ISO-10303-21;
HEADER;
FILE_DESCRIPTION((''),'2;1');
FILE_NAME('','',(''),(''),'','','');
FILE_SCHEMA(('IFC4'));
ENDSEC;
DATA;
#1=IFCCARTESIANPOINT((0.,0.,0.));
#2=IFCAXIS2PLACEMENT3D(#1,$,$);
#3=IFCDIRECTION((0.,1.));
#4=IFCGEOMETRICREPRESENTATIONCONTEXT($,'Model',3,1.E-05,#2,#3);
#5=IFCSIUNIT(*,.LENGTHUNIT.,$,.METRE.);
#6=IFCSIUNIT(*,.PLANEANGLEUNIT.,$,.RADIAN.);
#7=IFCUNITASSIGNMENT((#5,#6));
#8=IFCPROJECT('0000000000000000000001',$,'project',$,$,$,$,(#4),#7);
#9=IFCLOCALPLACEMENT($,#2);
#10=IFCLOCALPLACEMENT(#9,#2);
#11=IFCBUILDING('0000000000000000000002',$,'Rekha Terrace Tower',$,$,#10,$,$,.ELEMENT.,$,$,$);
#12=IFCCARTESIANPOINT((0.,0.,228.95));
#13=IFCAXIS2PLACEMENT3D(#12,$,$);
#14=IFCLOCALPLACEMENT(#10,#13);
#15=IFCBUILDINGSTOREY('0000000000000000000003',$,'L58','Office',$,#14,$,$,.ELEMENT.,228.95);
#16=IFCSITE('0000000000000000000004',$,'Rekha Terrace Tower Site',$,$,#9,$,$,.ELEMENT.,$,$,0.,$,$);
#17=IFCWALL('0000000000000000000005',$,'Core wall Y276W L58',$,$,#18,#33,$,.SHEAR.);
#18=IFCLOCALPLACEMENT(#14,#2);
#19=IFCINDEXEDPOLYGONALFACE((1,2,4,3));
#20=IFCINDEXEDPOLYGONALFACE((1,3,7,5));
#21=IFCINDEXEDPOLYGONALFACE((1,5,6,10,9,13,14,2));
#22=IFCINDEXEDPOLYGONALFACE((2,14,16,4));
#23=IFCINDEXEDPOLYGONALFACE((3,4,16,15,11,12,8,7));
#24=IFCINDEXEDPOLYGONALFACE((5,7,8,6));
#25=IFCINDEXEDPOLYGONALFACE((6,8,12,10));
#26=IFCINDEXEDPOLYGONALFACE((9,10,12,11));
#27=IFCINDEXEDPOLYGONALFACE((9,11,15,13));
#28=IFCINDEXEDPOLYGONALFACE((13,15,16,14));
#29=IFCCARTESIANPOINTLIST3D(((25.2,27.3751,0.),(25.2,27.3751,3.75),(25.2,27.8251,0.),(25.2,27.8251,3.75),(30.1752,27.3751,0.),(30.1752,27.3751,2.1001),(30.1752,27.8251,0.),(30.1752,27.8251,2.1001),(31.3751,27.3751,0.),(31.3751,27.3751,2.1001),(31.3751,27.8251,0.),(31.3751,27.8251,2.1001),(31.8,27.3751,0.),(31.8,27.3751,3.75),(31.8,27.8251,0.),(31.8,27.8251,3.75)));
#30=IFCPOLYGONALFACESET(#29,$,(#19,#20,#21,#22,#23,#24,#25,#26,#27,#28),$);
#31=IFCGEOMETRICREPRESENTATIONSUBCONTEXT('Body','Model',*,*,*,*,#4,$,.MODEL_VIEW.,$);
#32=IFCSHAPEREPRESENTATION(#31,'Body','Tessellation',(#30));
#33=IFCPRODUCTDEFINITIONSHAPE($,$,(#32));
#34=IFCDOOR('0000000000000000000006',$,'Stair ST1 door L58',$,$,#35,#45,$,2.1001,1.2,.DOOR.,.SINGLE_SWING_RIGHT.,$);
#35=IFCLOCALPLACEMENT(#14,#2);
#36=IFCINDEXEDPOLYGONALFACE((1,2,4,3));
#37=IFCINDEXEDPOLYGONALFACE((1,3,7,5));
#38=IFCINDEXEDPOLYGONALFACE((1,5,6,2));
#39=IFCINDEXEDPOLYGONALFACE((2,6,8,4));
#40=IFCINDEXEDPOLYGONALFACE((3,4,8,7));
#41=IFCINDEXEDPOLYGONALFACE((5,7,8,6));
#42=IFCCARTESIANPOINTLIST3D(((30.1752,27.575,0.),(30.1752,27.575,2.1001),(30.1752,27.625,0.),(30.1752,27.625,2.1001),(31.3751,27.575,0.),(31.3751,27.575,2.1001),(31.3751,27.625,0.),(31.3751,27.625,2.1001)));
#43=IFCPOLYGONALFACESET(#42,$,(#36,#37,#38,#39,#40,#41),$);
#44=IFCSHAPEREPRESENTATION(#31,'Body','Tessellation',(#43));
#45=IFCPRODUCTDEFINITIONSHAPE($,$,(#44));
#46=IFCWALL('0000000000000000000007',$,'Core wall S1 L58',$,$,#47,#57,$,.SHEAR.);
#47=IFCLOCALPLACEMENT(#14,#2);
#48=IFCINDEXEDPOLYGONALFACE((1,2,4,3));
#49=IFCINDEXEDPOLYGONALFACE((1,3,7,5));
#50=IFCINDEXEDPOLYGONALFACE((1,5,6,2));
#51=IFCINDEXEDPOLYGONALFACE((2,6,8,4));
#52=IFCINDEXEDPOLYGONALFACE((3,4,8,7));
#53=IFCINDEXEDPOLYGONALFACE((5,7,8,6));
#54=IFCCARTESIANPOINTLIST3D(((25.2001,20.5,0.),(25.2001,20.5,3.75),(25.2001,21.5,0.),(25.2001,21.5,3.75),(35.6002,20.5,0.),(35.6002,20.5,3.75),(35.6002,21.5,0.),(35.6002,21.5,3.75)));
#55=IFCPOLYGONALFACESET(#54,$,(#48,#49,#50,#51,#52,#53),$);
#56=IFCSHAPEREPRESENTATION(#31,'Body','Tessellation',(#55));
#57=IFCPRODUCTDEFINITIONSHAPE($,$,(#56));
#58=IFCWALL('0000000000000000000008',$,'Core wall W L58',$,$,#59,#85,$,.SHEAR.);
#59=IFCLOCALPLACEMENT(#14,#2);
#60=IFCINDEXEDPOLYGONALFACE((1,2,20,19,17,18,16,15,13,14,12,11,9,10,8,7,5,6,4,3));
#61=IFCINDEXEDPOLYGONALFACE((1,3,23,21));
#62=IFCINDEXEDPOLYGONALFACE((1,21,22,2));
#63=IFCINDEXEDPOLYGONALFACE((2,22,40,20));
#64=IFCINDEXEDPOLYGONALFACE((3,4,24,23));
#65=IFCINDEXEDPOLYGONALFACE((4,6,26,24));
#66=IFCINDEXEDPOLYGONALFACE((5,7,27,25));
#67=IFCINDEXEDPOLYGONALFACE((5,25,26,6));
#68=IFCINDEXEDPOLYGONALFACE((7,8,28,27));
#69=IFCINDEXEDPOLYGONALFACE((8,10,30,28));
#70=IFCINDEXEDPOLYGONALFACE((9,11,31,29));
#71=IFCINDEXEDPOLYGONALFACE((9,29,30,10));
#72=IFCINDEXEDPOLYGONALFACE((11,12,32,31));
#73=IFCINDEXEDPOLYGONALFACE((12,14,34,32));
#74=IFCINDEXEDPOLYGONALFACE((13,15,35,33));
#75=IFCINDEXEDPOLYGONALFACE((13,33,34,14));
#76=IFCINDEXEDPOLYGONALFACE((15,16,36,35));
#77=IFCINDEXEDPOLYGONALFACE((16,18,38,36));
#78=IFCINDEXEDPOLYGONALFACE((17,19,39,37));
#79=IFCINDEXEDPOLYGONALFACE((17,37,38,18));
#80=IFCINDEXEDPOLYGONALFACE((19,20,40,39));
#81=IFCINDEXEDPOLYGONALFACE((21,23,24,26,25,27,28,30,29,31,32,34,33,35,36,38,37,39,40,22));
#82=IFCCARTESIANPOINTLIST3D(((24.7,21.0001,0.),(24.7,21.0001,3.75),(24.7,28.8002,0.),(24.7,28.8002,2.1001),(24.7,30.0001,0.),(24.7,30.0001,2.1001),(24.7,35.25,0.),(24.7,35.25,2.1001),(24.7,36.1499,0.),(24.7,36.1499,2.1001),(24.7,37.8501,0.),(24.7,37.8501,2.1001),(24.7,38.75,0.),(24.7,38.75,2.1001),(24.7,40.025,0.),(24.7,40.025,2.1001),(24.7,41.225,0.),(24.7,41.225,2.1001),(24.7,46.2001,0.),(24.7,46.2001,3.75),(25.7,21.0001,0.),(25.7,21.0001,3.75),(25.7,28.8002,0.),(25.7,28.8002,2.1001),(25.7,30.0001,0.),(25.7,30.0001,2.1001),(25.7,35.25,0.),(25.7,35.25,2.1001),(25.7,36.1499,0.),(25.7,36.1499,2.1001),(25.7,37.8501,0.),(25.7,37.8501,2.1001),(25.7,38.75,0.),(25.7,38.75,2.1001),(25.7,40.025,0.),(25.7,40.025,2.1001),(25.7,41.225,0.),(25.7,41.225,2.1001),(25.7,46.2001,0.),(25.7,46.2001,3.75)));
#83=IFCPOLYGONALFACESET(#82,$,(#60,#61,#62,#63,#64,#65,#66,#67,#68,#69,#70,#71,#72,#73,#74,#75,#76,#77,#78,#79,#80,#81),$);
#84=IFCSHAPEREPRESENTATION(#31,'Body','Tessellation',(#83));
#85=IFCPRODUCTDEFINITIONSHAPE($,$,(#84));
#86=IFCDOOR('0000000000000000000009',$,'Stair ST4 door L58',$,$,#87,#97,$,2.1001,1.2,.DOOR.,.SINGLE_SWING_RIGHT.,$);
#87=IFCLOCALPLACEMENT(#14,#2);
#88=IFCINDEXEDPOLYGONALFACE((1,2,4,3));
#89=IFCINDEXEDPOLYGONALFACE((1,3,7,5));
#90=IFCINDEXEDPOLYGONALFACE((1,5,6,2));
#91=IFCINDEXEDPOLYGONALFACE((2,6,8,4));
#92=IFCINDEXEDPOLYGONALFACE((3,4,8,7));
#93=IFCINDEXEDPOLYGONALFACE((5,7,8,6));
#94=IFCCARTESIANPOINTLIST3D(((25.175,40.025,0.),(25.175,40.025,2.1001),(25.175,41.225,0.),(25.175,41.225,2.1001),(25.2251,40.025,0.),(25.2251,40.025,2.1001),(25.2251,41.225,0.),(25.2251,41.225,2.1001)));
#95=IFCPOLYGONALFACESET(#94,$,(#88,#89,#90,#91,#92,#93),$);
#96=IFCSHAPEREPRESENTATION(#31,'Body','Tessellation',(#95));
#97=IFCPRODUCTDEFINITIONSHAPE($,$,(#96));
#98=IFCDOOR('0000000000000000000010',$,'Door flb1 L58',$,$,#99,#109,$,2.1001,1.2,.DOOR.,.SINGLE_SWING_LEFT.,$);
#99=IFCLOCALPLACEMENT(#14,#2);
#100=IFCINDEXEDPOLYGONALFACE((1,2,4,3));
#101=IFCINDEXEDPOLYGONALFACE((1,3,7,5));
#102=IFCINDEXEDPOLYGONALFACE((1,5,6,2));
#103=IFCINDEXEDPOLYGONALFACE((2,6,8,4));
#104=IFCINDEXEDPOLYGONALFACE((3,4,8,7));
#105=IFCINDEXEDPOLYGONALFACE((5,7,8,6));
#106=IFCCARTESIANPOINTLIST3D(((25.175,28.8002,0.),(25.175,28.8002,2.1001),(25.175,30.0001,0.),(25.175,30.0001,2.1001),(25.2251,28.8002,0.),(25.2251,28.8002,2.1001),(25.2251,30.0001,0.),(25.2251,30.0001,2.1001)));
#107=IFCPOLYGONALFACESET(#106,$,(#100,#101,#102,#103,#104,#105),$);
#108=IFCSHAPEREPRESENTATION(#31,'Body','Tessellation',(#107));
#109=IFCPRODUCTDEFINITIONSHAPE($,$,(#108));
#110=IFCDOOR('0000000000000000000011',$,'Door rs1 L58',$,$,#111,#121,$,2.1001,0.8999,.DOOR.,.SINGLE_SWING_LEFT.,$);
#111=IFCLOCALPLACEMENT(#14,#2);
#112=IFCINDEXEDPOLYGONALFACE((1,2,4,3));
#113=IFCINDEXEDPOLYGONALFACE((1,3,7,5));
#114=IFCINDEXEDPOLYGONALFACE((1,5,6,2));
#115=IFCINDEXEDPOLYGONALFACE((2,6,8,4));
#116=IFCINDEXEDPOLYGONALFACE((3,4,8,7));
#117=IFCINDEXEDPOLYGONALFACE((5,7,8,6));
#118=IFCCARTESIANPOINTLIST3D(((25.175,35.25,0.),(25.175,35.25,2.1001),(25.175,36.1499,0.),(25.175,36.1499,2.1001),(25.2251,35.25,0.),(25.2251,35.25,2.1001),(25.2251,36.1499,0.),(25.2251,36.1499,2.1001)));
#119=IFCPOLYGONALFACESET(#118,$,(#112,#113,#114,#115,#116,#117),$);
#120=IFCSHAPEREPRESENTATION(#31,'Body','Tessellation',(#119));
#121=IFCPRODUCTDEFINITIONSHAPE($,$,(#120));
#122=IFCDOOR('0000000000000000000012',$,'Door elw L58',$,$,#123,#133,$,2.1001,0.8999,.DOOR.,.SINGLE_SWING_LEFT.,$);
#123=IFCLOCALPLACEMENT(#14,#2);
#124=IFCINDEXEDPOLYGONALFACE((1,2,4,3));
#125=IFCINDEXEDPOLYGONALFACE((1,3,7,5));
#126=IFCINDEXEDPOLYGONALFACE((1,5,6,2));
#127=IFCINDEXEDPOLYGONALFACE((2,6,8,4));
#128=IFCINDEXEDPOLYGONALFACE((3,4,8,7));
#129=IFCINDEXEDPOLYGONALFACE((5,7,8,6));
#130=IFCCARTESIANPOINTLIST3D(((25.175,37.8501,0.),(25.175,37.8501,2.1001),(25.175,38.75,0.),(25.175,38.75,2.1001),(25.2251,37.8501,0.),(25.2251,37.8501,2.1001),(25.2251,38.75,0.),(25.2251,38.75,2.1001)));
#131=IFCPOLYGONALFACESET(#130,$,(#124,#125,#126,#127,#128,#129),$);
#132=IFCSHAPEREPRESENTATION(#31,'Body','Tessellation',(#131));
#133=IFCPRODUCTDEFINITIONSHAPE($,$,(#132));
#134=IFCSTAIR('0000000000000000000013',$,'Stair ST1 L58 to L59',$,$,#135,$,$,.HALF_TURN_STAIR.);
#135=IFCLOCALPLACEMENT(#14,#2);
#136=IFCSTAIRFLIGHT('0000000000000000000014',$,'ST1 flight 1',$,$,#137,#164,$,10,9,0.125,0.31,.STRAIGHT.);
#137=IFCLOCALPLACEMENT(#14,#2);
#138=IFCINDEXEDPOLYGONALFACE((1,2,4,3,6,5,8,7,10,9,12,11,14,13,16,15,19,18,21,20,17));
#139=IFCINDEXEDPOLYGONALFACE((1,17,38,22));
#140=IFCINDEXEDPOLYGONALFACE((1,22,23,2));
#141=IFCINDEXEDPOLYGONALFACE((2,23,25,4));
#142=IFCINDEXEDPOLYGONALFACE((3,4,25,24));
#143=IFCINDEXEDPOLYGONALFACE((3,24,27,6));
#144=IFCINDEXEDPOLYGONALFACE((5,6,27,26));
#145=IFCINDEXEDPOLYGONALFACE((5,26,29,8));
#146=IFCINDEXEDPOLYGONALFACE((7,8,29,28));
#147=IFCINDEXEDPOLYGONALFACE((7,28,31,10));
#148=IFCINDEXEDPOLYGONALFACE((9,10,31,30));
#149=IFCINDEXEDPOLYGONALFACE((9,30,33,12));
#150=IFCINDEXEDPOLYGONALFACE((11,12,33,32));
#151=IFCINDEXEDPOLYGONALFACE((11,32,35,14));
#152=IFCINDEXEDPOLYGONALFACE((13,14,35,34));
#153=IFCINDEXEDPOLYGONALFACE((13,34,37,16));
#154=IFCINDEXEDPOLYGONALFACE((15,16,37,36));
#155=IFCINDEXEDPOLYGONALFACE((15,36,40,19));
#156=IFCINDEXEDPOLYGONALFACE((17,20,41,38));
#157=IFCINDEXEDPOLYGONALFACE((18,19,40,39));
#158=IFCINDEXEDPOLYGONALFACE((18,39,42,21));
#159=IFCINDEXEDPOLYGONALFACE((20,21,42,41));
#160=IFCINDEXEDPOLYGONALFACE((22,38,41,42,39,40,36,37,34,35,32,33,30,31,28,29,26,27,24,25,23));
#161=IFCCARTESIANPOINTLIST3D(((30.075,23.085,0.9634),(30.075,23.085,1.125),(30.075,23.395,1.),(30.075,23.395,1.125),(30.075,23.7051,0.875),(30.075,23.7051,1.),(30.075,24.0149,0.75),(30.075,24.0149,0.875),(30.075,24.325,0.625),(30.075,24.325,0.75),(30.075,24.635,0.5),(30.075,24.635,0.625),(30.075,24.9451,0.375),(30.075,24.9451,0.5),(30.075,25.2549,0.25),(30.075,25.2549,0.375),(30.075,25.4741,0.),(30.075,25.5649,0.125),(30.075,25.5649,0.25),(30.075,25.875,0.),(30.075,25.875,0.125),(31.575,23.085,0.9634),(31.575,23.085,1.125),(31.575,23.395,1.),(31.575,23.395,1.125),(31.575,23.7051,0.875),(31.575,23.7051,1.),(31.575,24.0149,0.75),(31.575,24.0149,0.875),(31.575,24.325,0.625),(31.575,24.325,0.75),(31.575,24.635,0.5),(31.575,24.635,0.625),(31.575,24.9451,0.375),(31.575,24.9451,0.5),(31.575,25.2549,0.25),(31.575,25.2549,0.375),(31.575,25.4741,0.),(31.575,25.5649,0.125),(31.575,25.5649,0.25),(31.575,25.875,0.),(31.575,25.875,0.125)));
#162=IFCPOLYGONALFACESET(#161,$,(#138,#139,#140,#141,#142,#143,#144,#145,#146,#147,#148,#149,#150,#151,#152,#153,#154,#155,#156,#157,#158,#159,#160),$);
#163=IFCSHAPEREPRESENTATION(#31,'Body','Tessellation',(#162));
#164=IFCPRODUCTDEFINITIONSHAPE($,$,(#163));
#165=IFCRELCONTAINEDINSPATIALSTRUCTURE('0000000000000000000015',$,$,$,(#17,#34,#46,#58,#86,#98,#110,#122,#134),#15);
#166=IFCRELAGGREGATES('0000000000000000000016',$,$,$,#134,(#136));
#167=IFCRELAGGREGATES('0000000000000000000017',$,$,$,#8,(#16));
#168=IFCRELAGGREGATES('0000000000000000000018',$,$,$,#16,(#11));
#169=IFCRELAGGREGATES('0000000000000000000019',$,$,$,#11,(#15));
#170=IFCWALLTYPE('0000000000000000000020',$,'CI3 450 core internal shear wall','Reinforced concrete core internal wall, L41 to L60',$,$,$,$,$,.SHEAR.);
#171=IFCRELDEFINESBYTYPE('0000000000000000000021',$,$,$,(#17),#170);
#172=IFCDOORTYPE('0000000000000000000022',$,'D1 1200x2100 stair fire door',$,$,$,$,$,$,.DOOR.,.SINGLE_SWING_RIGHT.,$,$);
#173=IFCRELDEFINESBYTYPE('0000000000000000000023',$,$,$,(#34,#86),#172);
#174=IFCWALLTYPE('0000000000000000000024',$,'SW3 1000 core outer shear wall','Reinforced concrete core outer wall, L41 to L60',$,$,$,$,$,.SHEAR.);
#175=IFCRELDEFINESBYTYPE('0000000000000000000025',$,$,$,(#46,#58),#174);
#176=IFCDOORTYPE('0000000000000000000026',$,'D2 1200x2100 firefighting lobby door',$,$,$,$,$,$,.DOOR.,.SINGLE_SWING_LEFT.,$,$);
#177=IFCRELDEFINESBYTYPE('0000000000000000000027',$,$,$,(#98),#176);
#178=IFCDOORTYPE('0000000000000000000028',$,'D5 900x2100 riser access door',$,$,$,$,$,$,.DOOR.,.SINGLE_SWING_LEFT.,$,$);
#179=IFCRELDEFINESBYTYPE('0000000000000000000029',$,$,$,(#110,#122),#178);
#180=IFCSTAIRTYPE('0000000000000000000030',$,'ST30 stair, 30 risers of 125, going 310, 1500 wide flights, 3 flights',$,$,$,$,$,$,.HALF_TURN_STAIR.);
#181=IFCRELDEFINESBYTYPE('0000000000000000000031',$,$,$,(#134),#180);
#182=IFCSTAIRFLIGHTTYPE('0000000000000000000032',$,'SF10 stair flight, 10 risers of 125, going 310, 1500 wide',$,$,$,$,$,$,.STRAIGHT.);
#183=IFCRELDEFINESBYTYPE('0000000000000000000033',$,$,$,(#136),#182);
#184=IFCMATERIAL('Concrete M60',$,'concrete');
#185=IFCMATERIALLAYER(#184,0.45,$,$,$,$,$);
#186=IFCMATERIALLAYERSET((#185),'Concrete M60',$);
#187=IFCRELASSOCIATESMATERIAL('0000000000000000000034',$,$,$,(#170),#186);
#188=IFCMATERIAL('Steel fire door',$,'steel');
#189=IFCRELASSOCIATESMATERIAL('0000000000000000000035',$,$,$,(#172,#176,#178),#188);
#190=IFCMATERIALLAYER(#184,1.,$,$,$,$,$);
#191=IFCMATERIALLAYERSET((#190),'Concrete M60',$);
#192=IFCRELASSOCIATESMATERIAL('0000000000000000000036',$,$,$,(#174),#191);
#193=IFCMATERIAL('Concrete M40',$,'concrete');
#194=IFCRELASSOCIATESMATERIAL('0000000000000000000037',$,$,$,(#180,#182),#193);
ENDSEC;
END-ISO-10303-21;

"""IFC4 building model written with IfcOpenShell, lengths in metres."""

from ifc_helpers import new_model, si_unit, direction, frame, frame_2d, origin, place, context, subcontext, project, spatial, polyline, rectangle, outline, extrude, material, layer, layer_set, type_object, element, fill, aggregate, save


model = new_model("IFC4")

# Units and contexts
model_context = context("Model", 3, precision=1e-05, world=origin(), true_north=direction((0.0, 1.0)))
body_context = subcontext(model_context, "Body", "Model", "MODEL_VIEW")
ifc_project = project(units=[si_unit("LENGTHUNIT", "METRE"), si_unit("PLANEANGLEUNIT", "RADIAN")], contexts=[model_context])

# Site, building, storey
site_placement = place(None, origin())
site = spatial("IfcSite", under=ifc_project, at=site_placement, Name="Rekha Terrace Tower Site", CompositionType="ELEMENT", RefElevation=0.0)
building_placement = place(site_placement, origin())
building = spatial("IfcBuilding", under=site, at=building_placement, Name="Rekha Terrace Tower", CompositionType="ELEMENT")
storey_placement = place(building_placement, frame((0.0, 0.0, 228.95)))
storey = spatial("IfcBuildingStorey", under=building, at=storey_placement, Name="L58", Description="Office", CompositionType="ELEMENT", Elevation=228.95)

# Shared definitions
ifc_material_1 = material(Name="Concrete M60", Category="concrete")

# Wall, opening, door
ifc_layer_1 = layer(ifc_material_1, 0.45)
ifc_layer_set_1 = layer_set([ifc_layer_1], Name="Concrete M60")
wall_type_1 = type_object("IfcWallType", Name="CI3 450 core internal shear wall", Description="Reinforced concrete core internal wall, L41 to L60", PredefinedType="SHEAR", material=ifc_layer_set_1)
wall_1_placement = place(storey_placement, frame((25.2, 27.6001, 0.0), z_axis=(0.0, 0.0, 1.0), x_axis=(1.0, 0.0, 0.0)))
wall_1 = element("IfcWall", 1, at=wall_1_placement, inside=storey, type_object=wall_type_1, Name="Core wall Y276W L58", PredefinedType="SHEAR", context=body_context, shape_type="SweptSolid", body=[
    extrude(rectangle(XDim=6.6001, YDim=0.45, at=frame_2d((3.3, 0.0))), origin(), (0.0, 0.0, 1.0), 3.75),
])
opening_1_placement = place(wall_1_placement, frame((4.9751, 0.0, 0.0)))
opening_1 = element("IfcOpeningElement", 2, at=opening_1_placement, cuts=wall_1, PredefinedType="OPENING", context=body_context, shape_type="SweptSolid", body=[
    extrude(rectangle(XDim=1.2, YDim=2.1001, at=frame_2d((0.6001, 1.05))), frame((0.0, 0.2349, 0.0), z_axis=(0.0, -1.0, 0.0), x_axis=(1.0, 0.0, 0.0)), (0.0, 0.0, 1.0), 0.47),
])
ifc_material_2 = material(Name="Steel fire door", Category="steel")
door_type_1 = type_object("IfcDoorType", Name="D1 1200x2100 stair fire door", OperationType="SINGLE_SWING_RIGHT", PredefinedType="DOOR", material=ifc_material_2)
door_1_placement = place(opening_1_placement, origin())
door_1 = element("IfcDoor", 3, at=door_1_placement, inside=storey, type_object=door_type_1, Name="Stair ST1 door L58", OperationType="SINGLE_SWING_RIGHT", OverallHeight=2.1001, OverallWidth=1.2, PredefinedType="DOOR", context=body_context, shape_type="SweptSolid", body=[
    extrude(rectangle(XDim=1.2, YDim=2.1001, at=frame_2d((0.6001, 1.05))), frame((0.0, 0.0249, 0.0), z_axis=(0.0, -1.0, 0.0), x_axis=(1.0, 0.0, 0.0)), (0.0, 0.0, 1.0), 0.05),
])
fill(opening_1, door_1)

# Wall
ifc_layer_2 = layer(ifc_material_1, 1.0)
ifc_layer_set_2 = layer_set([ifc_layer_2], Name="Concrete M60")
wall_type_2 = type_object("IfcWallType", Name="SW3 1000 core outer shear wall", Description="Reinforced concrete core outer wall, L41 to L60", PredefinedType="SHEAR", material=ifc_layer_set_2)
wall_2_placement = place(storey_placement, frame((25.2, 21.0, 0.0), z_axis=(0.0, 0.0, 1.0), x_axis=(1.0, 0.0, 0.0)))
element("IfcWall", 4, at=wall_2_placement, inside=storey, type_object=wall_type_2, Name="Core wall S1 L58", PredefinedType="SHEAR", context=body_context, shape_type="SweptSolid", body=[
    extrude(rectangle(XDim=10.4001, YDim=1.0, at=frame_2d((5.2002, 0.0))), origin(), (0.0, 0.0, 1.0), 3.75),
])

# Wall, openings, doors
wall_3_placement = place(storey_placement, frame((25.2, 21.0, 0.0), z_axis=(0.0, 0.0, 1.0), x_axis=(0.0, 1.0, 0.0)))
wall_3 = element("IfcWall", 5, at=wall_3_placement, inside=storey, type_object=wall_type_2, Name="Core wall W L58", PredefinedType="SHEAR", context=body_context, shape_type="SweptSolid", body=[
    extrude(rectangle(XDim=25.2, YDim=1.0, at=frame_2d((12.6001, 0.0))), origin(), (0.0, 0.0, 1.0), 3.75),
])
opening_2_placement = place(wall_3_placement, frame((7.8, 0.0, 0.0)))
opening_2 = element("IfcOpeningElement", 6, at=opening_2_placement, cuts=wall_3, PredefinedType="OPENING", context=body_context, shape_type="SweptSolid", body=[
    extrude(rectangle(XDim=1.2, YDim=2.1001, at=frame_2d((0.6001, 1.05))), frame((0.0, 0.51, 0.0), z_axis=(0.0, -1.0, 0.0), x_axis=(1.0, 0.0, 0.0)), (0.0, 0.0, 1.0), 1.02),
])
opening_3_placement = place(wall_3_placement, frame((14.25, 0.0, 0.0)))
opening_3 = element("IfcOpeningElement", 7, at=opening_3_placement, cuts=wall_3, PredefinedType="OPENING", context=body_context, shape_type="SweptSolid", body=[
    extrude(rectangle(XDim=0.8999, YDim=2.1001, at=frame_2d((0.45, 1.05))), frame((0.0, 0.51, 0.0), z_axis=(0.0, -1.0, 0.0), x_axis=(1.0, 0.0, 0.0)), (0.0, 0.0, 1.0), 1.02),
])
opening_4_placement = place(wall_3_placement, frame((16.8501, 0.0, 0.0)))
opening_4 = element("IfcOpeningElement", 8, at=opening_4_placement, cuts=wall_3, PredefinedType="OPENING", context=body_context, shape_type="SweptSolid", body=[
    extrude(rectangle(XDim=0.8999, YDim=2.1001, at=frame_2d((0.45, 1.05))), frame((0.0, 0.51, 0.0), z_axis=(0.0, -1.0, 0.0), x_axis=(1.0, 0.0, 0.0)), (0.0, 0.0, 1.0), 1.02),
])
opening_5_placement = place(wall_3_placement, frame((19.0249, 0.0, 0.0)))
opening_5 = element("IfcOpeningElement", 9, at=opening_5_placement, cuts=wall_3, PredefinedType="OPENING", context=body_context, shape_type="SweptSolid", body=[
    extrude(rectangle(XDim=1.2, YDim=2.1001, at=frame_2d((0.6001, 1.05))), frame((0.0, 0.51, 0.0), z_axis=(0.0, -1.0, 0.0), x_axis=(1.0, 0.0, 0.0)), (0.0, 0.0, 1.0), 1.02),
])
door_2_placement = place(opening_5_placement, origin())
door_2 = element("IfcDoor", 10, at=door_2_placement, inside=storey, type_object=door_type_1, Name="Stair ST4 door L58", OperationType="SINGLE_SWING_RIGHT", OverallHeight=2.1001, OverallWidth=1.2, PredefinedType="DOOR", context=body_context, shape_type="SweptSolid", body=[
    extrude(rectangle(XDim=1.2, YDim=2.1001, at=frame_2d((0.6001, 1.05))), frame((0.0, 0.0249, 0.0), z_axis=(0.0, -1.0, 0.0), x_axis=(1.0, 0.0, 0.0)), (0.0, 0.0, 1.0), 0.05),
])
fill(opening_5, door_2)
door_type_2 = type_object("IfcDoorType", Name="D2 1200x2100 firefighting lobby door", OperationType="SINGLE_SWING_LEFT", PredefinedType="DOOR", material=ifc_material_2)
door_3_placement = place(opening_2_placement, origin())
door_3 = element("IfcDoor", 11, at=door_3_placement, inside=storey, type_object=door_type_2, Name="Door flb1 L58", OperationType="SINGLE_SWING_LEFT", OverallHeight=2.1001, OverallWidth=1.2, PredefinedType="DOOR", context=body_context, shape_type="SweptSolid", body=[
    extrude(rectangle(XDim=1.2, YDim=2.1001, at=frame_2d((0.6001, 1.05))), frame((0.0, 0.0249, 0.0), z_axis=(0.0, -1.0, 0.0), x_axis=(1.0, 0.0, 0.0)), (0.0, 0.0, 1.0), 0.05),
])
fill(opening_2, door_3)
door_type_3 = type_object("IfcDoorType", Name="D5 900x2100 riser access door", OperationType="SINGLE_SWING_LEFT", PredefinedType="DOOR", material=ifc_material_2)
door_4_placement = place(opening_3_placement, origin())
door_4 = element("IfcDoor", 12, at=door_4_placement, inside=storey, type_object=door_type_3, Name="Door rs1 L58", OperationType="SINGLE_SWING_LEFT", OverallHeight=2.1001, OverallWidth=0.8999, PredefinedType="DOOR", context=body_context, shape_type="SweptSolid", body=[
    extrude(rectangle(XDim=0.8999, YDim=2.1001, at=frame_2d((0.45, 1.05))), frame((0.0, 0.0249, 0.0), z_axis=(0.0, -1.0, 0.0), x_axis=(1.0, 0.0, 0.0)), (0.0, 0.0, 1.0), 0.05),
])
fill(opening_3, door_4)
door_5_placement = place(opening_4_placement, origin())
door_5 = element("IfcDoor", 13, at=door_5_placement, inside=storey, type_object=door_type_3, Name="Door elw L58", OperationType="SINGLE_SWING_LEFT", OverallHeight=2.1001, OverallWidth=0.8999, PredefinedType="DOOR", context=body_context, shape_type="SweptSolid", body=[
    extrude(rectangle(XDim=0.8999, YDim=2.1001, at=frame_2d((0.45, 1.05))), frame((0.0, 0.0249, 0.0), z_axis=(0.0, -1.0, 0.0), x_axis=(1.0, 0.0, 0.0)), (0.0, 0.0, 1.0), 0.05),
])
fill(opening_4, door_5)

# Stair, stair flight
ifc_material_3 = material(Name="Concrete M40", Category="concrete")
stair_type = type_object("IfcStairType", Name="ST30 stair, 30 risers of 125, going 310, 1500 wide flights, 3 flights", PredefinedType="HALF_TURN_STAIR", material=ifc_material_3)
stair_placement = place(storey_placement, origin())
stair = element("IfcStair", 14, at=stair_placement, inside=storey, type_object=stair_type, Name="Stair ST1 L58 to L59", PredefinedType="HALF_TURN_STAIR")
stair_flight_type = type_object("IfcStairFlightType", Name="SF10 stair flight, 10 risers of 125, going 310, 1500 wide", PredefinedType="STRAIGHT", material=ifc_material_3)
stair_flight_1_placement = place(storey_placement, frame((30.825, 25.875, 0.0), z_axis=(0.0, 0.0, 1.0), x_axis=(0.0, -1.0, 0.0)))
stair_flight_1 = element("IfcStairFlight", 15, at=stair_flight_1_placement, type_object=stair_flight_type, Name="ST1 flight 1", NumberOfRisers=10, NumberOfTreads=9, PredefinedType="STRAIGHT", RiserHeight=0.125, TreadLength=0.31, context=body_context, shape_type="SweptSolid", body=[
    extrude(outline(polyline([(0.0, 0.0), (0.0, 0.125), (0.3101, 0.125), (0.3101, 0.25), (0.6201, 0.25), (0.6201, 0.375), (0.9299, 0.375), (0.9299, 0.5), (1.24, 0.5), (1.24, 0.625), (1.55, 0.625), (1.55, 0.75), (1.8601, 0.75), (1.8601, 0.875), (2.1699, 0.875), (2.1699, 1.0), (2.48, 1.0), (2.48, 1.125), (2.79, 1.125), (2.79, 1.25), (2.79, 0.9634), (0.4009, 0.0), (0.0, 0.0)])), frame((0.0, 0.75, 0.0), z_axis=(0.0, -1.0, 0.0), x_axis=(1.0, 0.0, 0.0)), (0.0, 0.0, 1.0), 1.5),
])
aggregate(stair, [stair_flight_1])

save(model, "model.ifc")
